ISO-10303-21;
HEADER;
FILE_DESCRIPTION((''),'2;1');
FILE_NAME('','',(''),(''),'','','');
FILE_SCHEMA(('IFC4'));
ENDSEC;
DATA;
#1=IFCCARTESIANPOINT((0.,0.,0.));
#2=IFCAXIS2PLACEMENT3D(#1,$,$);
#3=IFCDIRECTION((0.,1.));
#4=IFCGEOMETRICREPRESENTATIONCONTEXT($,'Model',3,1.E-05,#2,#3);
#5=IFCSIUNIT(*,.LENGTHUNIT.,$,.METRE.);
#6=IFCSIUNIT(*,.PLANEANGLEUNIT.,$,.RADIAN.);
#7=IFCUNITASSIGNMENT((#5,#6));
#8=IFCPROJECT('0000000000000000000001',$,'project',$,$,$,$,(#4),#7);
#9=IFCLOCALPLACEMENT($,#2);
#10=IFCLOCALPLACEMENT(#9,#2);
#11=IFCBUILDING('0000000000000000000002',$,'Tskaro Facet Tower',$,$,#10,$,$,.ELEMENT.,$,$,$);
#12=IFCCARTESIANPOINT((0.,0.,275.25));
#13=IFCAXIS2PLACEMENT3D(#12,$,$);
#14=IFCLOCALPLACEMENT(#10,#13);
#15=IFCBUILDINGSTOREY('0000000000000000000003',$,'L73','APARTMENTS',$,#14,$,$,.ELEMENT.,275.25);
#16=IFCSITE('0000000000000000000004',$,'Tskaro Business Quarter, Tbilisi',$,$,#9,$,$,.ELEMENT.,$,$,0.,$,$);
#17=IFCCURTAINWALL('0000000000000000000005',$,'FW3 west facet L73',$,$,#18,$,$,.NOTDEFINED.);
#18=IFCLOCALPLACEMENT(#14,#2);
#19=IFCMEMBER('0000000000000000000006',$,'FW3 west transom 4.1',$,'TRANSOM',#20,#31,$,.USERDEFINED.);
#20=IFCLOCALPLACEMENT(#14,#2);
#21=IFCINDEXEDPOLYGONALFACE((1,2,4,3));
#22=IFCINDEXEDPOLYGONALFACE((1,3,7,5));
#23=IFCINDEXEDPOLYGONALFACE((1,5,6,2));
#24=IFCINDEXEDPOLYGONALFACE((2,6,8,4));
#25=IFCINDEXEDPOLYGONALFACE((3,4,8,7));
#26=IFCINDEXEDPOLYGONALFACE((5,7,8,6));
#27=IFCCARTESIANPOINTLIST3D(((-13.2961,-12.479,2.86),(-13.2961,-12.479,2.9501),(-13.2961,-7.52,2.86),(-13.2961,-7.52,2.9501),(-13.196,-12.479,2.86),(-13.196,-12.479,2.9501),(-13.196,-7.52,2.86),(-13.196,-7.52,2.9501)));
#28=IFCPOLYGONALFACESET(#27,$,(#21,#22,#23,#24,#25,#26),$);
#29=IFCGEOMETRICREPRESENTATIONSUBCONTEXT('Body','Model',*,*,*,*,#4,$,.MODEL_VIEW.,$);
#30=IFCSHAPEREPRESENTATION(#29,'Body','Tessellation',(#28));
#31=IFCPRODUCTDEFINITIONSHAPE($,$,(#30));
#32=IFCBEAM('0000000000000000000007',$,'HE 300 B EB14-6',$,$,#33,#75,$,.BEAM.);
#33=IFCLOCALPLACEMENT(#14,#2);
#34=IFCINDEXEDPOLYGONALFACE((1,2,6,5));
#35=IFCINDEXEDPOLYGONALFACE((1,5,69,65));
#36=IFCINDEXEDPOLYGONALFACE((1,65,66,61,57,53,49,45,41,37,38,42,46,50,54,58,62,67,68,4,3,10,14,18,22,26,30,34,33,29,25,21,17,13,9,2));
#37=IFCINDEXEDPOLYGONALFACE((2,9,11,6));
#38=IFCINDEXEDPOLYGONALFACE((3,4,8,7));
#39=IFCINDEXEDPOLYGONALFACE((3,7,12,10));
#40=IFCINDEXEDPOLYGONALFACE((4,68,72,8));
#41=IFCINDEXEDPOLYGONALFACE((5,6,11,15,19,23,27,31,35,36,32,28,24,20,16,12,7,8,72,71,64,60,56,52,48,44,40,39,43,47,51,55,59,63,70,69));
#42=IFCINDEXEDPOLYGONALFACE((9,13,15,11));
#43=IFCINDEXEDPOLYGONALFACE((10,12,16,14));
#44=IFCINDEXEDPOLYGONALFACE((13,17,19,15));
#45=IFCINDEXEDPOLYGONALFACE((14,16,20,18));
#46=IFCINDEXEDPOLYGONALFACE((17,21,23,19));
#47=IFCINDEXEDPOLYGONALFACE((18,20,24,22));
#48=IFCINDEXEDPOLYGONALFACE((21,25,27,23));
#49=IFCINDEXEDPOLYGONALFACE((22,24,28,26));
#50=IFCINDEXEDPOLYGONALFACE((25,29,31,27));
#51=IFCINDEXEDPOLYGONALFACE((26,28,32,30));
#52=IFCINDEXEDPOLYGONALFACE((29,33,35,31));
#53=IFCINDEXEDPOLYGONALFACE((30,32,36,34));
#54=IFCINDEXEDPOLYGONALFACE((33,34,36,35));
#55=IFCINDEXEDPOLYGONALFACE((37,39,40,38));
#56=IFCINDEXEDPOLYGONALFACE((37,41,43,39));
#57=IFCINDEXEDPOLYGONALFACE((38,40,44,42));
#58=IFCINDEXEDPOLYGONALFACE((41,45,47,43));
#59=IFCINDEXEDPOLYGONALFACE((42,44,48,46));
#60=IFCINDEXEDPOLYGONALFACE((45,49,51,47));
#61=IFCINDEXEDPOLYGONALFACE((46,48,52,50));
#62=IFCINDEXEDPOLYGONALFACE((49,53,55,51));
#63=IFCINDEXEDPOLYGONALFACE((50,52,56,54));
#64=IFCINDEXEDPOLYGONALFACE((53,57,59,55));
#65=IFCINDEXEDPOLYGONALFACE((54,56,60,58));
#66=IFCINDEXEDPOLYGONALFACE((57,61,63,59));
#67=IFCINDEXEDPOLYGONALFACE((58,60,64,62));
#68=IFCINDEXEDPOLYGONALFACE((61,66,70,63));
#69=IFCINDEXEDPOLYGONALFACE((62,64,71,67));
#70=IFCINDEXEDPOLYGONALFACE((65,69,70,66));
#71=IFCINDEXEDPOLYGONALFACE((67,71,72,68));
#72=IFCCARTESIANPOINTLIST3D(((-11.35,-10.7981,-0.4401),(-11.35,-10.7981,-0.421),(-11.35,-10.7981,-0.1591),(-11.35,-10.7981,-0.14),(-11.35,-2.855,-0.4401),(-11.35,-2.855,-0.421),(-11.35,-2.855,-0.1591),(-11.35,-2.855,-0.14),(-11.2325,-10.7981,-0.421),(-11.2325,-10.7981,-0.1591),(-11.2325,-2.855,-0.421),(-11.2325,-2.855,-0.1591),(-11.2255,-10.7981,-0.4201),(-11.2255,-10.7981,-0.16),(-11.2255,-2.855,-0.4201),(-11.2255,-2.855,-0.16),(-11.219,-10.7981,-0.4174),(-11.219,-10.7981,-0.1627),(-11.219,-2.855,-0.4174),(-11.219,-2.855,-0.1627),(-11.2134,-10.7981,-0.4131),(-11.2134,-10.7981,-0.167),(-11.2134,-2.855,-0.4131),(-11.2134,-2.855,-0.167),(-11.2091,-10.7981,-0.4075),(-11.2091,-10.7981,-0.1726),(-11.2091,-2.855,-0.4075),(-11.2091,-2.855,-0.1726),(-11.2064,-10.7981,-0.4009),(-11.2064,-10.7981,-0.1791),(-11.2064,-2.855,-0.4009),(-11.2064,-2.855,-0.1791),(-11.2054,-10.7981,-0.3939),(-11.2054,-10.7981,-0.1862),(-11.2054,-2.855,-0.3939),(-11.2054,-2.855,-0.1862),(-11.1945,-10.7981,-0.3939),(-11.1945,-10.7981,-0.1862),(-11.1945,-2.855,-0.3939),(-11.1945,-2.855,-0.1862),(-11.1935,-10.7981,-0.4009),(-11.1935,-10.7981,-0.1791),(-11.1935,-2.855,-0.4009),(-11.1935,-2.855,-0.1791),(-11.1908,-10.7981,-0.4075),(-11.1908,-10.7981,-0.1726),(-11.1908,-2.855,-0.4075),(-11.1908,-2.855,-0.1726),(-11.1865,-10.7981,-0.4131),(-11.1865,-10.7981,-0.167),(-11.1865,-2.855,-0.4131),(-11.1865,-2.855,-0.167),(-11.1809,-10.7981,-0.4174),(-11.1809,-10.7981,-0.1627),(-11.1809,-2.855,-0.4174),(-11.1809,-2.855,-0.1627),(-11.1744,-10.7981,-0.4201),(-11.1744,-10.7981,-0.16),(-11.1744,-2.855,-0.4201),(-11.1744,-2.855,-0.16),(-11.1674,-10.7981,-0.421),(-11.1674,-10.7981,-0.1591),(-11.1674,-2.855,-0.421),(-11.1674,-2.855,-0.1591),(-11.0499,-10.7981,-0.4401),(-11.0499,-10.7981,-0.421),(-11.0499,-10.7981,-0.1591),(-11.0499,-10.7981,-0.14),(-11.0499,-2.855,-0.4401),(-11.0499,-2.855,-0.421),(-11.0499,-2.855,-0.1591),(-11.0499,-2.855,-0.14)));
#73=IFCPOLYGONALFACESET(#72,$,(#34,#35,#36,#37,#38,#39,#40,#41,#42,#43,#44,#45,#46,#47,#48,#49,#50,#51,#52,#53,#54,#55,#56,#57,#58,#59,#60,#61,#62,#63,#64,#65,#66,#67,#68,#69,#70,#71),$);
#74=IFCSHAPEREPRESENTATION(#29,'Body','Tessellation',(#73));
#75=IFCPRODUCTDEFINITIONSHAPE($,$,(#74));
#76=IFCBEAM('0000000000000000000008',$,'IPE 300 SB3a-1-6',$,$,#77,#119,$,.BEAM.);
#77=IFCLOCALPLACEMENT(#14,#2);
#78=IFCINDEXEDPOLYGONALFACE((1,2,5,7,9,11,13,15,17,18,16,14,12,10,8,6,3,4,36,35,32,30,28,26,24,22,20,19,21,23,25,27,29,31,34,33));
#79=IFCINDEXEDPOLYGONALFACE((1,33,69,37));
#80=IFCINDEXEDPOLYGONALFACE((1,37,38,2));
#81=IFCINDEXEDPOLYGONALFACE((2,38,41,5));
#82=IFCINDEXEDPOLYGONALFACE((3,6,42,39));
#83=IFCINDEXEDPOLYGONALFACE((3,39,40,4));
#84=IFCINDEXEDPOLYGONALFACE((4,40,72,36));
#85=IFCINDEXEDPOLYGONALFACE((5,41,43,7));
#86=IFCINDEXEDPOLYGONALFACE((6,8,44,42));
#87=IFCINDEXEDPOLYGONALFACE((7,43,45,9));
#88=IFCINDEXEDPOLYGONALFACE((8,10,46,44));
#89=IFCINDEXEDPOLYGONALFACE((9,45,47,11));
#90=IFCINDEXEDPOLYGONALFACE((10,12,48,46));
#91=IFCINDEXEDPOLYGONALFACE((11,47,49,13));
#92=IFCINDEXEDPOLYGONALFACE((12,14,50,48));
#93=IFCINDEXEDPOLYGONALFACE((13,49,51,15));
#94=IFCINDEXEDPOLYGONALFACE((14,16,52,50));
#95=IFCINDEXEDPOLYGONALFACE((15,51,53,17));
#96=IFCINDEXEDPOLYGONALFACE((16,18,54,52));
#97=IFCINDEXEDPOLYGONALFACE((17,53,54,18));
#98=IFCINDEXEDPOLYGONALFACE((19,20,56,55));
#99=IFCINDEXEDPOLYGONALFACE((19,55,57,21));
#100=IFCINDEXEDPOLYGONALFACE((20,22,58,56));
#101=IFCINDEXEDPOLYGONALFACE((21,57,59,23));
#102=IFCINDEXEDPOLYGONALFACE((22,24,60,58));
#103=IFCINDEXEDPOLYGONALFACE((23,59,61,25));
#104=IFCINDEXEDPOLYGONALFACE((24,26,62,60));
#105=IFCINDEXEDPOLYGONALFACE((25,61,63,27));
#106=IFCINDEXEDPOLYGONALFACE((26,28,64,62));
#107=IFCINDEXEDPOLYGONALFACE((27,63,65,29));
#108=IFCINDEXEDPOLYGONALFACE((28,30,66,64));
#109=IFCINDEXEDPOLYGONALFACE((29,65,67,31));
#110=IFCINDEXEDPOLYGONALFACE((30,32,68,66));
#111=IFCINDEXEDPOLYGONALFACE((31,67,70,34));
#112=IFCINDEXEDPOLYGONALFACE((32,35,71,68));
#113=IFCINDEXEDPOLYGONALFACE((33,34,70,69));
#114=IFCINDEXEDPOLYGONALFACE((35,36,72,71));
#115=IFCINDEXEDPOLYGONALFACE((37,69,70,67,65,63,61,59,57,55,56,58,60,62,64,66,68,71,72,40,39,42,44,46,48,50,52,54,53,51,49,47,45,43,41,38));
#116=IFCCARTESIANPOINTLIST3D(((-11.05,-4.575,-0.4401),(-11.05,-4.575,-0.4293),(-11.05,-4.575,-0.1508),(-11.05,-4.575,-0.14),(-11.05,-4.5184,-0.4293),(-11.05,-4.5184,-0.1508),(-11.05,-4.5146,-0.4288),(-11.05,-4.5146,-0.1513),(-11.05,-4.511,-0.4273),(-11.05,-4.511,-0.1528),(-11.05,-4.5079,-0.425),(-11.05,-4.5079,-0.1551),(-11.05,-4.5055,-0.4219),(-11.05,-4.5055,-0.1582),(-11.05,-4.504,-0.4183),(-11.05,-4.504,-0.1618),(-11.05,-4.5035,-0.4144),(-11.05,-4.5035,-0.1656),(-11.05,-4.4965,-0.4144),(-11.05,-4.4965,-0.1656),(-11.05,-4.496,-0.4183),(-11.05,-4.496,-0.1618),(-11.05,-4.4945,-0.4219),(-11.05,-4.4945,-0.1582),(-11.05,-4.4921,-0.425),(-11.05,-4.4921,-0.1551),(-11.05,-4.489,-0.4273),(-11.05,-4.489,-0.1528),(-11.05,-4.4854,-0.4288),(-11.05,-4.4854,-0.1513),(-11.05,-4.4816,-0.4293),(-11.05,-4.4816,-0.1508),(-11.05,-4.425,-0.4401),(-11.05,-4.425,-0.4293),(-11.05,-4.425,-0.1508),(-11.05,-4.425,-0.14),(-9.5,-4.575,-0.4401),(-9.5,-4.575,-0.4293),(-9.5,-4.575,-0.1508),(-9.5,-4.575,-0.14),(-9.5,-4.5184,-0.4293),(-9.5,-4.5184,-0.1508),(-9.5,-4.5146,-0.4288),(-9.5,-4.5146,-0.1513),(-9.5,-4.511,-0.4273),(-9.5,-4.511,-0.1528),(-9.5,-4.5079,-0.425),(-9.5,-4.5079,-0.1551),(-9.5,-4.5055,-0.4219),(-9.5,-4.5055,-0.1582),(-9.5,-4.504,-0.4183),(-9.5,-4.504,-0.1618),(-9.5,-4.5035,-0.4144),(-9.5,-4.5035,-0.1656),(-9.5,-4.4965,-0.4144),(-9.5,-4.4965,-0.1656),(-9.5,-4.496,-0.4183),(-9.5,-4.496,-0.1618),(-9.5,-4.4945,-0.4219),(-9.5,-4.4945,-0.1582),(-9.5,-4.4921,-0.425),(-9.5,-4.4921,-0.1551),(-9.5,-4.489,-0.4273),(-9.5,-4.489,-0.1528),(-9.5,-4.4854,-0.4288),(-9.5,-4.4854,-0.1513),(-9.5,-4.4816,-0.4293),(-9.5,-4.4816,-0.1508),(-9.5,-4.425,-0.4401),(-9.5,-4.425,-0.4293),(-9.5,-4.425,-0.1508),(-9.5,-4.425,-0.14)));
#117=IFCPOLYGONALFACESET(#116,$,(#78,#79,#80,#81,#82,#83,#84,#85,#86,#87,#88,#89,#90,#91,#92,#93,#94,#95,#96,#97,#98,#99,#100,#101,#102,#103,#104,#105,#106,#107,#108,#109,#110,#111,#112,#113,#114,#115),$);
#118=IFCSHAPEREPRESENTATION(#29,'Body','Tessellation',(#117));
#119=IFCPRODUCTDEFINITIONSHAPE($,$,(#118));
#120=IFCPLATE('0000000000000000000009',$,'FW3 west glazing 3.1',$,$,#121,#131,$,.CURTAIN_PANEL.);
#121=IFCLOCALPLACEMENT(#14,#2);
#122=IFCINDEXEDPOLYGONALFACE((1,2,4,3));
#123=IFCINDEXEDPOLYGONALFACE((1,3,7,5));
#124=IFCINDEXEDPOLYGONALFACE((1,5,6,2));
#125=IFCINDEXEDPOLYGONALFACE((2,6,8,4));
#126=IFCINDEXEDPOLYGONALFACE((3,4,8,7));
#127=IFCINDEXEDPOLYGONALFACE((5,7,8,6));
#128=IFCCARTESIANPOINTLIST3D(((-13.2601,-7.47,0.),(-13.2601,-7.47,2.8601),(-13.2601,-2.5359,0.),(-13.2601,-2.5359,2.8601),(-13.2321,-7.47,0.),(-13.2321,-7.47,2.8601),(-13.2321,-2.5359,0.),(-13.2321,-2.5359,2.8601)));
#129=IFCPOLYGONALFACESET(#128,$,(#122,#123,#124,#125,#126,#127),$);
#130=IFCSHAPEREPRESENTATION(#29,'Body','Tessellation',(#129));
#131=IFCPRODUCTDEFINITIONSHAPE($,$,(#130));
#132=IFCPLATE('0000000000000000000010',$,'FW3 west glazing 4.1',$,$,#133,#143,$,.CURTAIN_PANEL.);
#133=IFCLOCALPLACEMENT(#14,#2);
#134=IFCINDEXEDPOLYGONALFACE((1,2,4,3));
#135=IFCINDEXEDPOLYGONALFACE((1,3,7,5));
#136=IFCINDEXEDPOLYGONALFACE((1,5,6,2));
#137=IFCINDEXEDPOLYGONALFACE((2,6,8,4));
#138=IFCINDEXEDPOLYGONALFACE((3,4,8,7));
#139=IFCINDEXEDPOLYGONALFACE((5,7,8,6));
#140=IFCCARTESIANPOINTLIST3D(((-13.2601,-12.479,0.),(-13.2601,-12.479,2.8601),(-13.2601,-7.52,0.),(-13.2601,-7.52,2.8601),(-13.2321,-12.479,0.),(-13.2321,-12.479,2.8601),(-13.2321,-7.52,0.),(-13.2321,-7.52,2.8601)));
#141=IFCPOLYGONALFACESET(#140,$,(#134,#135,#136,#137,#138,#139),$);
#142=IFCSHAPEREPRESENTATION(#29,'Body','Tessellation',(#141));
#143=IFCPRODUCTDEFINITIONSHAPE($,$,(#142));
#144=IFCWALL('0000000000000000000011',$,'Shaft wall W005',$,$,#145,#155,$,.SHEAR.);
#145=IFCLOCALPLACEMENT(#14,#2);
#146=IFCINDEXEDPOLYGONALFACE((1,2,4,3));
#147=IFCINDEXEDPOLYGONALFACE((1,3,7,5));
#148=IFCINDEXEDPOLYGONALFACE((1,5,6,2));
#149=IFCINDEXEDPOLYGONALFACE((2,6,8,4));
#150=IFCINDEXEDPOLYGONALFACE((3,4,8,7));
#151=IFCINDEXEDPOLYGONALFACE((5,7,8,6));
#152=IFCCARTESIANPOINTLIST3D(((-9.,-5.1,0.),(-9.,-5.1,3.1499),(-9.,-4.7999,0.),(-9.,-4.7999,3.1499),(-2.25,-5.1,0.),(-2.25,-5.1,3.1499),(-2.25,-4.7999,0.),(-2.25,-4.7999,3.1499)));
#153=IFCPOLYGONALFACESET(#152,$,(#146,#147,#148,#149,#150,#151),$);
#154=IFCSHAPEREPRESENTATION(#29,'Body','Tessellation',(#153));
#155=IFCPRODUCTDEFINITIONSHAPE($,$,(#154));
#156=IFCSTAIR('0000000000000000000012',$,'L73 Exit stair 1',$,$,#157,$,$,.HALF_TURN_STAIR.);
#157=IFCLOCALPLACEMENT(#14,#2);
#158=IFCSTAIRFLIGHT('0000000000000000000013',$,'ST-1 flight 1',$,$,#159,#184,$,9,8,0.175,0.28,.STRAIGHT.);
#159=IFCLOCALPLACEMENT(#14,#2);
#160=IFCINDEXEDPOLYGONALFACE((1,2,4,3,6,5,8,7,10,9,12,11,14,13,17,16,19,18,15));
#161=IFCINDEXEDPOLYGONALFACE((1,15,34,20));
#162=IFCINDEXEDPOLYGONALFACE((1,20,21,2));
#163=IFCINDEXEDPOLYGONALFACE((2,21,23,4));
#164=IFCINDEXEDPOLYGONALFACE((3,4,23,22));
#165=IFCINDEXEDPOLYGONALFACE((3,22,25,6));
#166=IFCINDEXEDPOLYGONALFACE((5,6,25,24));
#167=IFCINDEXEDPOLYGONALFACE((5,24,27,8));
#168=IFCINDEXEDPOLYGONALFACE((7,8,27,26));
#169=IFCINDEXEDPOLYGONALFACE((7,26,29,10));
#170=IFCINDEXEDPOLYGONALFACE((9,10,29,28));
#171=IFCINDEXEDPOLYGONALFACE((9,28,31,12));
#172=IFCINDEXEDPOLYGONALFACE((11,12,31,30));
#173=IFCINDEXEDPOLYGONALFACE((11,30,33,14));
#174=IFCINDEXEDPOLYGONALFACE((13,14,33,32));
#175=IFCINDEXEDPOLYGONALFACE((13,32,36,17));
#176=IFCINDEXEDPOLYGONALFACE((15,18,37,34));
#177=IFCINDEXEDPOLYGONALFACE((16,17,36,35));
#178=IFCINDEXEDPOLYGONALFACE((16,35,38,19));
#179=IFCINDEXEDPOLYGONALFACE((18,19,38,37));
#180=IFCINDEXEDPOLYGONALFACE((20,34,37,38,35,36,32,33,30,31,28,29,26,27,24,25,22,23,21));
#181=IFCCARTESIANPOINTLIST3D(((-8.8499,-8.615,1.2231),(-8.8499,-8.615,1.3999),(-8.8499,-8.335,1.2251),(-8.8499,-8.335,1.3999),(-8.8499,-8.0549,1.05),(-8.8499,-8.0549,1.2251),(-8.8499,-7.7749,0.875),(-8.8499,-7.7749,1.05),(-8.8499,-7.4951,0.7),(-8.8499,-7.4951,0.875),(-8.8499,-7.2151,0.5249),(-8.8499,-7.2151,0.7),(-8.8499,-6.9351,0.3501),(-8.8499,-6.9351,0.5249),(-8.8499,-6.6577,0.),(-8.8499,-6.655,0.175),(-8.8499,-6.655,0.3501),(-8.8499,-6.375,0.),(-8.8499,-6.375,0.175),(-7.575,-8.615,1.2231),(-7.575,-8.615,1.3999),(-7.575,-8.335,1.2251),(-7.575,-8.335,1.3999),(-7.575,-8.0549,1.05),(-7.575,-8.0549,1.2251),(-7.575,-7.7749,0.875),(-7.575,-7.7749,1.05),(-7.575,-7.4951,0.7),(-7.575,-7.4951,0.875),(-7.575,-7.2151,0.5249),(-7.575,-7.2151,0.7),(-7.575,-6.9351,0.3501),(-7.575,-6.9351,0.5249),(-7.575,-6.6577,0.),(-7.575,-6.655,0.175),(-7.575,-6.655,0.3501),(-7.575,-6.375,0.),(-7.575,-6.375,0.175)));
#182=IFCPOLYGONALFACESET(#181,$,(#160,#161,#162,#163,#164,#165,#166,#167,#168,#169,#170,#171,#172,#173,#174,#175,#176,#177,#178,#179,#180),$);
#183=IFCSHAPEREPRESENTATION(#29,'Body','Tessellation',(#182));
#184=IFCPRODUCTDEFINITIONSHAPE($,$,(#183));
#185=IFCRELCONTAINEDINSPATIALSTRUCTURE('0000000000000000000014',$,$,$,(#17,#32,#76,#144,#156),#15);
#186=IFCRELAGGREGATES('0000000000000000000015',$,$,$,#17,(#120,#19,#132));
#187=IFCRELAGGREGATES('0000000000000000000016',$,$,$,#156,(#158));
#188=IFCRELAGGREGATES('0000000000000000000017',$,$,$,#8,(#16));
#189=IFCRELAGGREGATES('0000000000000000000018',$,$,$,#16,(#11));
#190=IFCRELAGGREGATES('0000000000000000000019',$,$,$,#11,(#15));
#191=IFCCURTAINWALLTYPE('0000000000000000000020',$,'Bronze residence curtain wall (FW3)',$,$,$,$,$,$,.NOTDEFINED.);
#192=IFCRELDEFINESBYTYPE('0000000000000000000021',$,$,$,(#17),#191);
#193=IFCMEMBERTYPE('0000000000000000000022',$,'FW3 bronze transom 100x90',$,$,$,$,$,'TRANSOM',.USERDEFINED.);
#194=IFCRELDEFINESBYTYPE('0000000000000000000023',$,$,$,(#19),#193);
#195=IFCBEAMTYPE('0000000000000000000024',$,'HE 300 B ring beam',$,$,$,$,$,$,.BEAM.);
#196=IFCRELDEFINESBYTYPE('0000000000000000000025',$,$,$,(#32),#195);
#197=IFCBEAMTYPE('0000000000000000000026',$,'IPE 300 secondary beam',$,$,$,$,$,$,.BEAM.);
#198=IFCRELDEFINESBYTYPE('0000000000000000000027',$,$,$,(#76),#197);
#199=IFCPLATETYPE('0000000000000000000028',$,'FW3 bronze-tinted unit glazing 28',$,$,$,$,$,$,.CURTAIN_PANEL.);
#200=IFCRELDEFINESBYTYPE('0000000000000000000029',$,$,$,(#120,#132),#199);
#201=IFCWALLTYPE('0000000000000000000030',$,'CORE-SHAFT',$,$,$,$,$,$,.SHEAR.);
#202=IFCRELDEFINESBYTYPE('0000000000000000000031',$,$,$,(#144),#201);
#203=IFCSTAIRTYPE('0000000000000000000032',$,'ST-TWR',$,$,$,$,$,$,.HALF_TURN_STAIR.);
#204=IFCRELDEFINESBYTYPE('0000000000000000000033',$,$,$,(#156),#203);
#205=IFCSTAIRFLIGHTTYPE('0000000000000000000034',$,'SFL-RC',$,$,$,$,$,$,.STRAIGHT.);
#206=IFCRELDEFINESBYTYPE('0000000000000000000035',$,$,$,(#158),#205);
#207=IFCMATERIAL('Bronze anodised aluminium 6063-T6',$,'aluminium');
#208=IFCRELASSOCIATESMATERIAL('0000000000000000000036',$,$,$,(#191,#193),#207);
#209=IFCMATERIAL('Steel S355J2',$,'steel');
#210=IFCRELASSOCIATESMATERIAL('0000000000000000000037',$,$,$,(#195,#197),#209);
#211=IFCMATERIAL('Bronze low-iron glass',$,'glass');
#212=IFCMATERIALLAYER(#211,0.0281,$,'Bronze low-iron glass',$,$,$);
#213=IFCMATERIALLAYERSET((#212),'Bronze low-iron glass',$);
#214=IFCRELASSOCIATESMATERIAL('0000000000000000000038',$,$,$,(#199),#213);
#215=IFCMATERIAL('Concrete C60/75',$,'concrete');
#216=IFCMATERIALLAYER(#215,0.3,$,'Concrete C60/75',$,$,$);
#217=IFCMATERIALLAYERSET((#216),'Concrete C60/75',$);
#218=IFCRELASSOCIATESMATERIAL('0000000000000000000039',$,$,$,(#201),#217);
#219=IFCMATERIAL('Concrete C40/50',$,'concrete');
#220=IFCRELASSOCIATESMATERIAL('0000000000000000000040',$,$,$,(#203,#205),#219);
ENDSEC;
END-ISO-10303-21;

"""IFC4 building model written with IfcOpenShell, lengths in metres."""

from ifc_helpers import new_model, si_unit, direction, frame, frame_2d, origin, origin_2d, place, context, subcontext, project, spatial, polyline, rectangle, i_section, outline, extrude, material, layer, layer_set, material_profile, profile_set, type_object, element, aggregate, save


model = new_model("IFC4")

# Units and contexts
model_context = context("Model", 3, precision=1e-05, world=origin(), true_north=direction((0.0, 1.0)))
body_context = subcontext(model_context, "Body", "Model", "MODEL_VIEW")
ifc_project = project(units=[si_unit("LENGTHUNIT", "METRE"), si_unit("PLANEANGLEUNIT", "RADIAN")], contexts=[model_context])

# Site, building, storey
site_placement = place(None, origin())
site = spatial("IfcSite", under=ifc_project, at=site_placement, Name="Tskaro Business Quarter, Tbilisi", CompositionType="ELEMENT", RefElevation=0.0)
building_placement = place(site_placement, origin())
building = spatial("IfcBuilding", under=site, at=building_placement, Name="Tskaro Facet Tower", CompositionType="ELEMENT")
storey_placement = place(building_placement, frame((0.0, 0.0, 275.25)))
storey = spatial("IfcBuildingStorey", under=building, at=storey_placement, Name="L73", Description="APARTMENTS", CompositionType="ELEMENT", Elevation=275.25)

# Shared definitions
ifc_material_1 = material(Name="Steel S355J2", Category="steel")

# Curtain wall, member
ifc_material_2 = material(Name="Bronze anodised aluminium 6063-T6", Category="aluminium")
curtain_wall_type = type_object("IfcCurtainWallType", Name="Bronze residence curtain wall (FW3)", PredefinedType="NOTDEFINED", material=ifc_material_2)
curtain_wall_placement = place(storey_placement, origin())
curtain_wall = element("IfcCurtainWall", 1, at=curtain_wall_placement, inside=storey, type_object=curtain_wall_type, Name="FW3 west facet L73", PredefinedType="NOTDEFINED")
ifc_material_profile_1 = material_profile(ifc_material_2, rectangle(XDim=0.1001, YDim=0.0901, at=origin_2d()), Name="Transom 100x90")
ifc_profile_set_1 = profile_set([ifc_material_profile_1], Name="Bronze anodised aluminium 6063-T6")
member_type_1 = type_object("IfcMemberType", Name="FW3 bronze transom 100x90", ElementType="TRANSOM", PredefinedType="USERDEFINED", material=ifc_profile_set_1)
member_1_placement = place(storey_placement, frame((-13.2461, -7.52, 2.905), z_axis=(0.0, -1.0, 0.0), x_axis=(1.0, 0.0, 0.0)))
member_1 = element("IfcMember", 2, at=member_1_placement, type_object=member_type_1, Name="FW3 west transom 4.1", ObjectType="TRANSOM", PredefinedType="USERDEFINED", context=body_context, shape_type="SweptSolid", body=[
    extrude(rectangle(XDim=0.1001, YDim=0.0901, at=origin_2d()), origin(), (0.0, 0.0, 1.0), 4.959),
])

# Beams
ifc_material_profile_2 = material_profile(ifc_material_1, i_section(OverallWidth=0.3, OverallDepth=0.3, WebThickness=0.011, FlangeThickness=0.019, FilletRadius=0.0271, at=origin_2d()), Name="HE 300 B")
ifc_profile_set_2 = profile_set([ifc_material_profile_2], Name="Steel S355J2")
beam_type_1 = type_object("IfcBeamType", Name="HE 300 B ring beam", PredefinedType="BEAM", material=ifc_profile_set_2)
beam_1_placement = place(storey_placement, frame((-11.2, -2.855, -0.29), z_axis=(0.0, -1.0, 0.0), x_axis=(1.0, 0.0, 0.0)))
element("IfcBeam", 3, at=beam_1_placement, inside=storey, type_object=beam_type_1, Name="HE 300 B EB14-6", PredefinedType="BEAM", context=body_context, shape_type="SweptSolid", body=[
    extrude(i_section(OverallWidth=0.3, OverallDepth=0.3, WebThickness=0.011, FlangeThickness=0.019, FilletRadius=0.0271, at=origin_2d()), origin(), (0.0, 0.0, 1.0), 7.9431),
])
ifc_material_profile_3 = material_profile(ifc_material_1, i_section(OverallWidth=0.1499, OverallDepth=0.3, WebThickness=0.0071, FlangeThickness=0.0107, FilletRadius=0.0149, at=origin_2d()), Name="IPE 300")
ifc_profile_set_3 = profile_set([ifc_material_profile_3], Name="Steel S355J2")
beam_type_2 = type_object("IfcBeamType", Name="IPE 300 secondary beam", PredefinedType="BEAM", material=ifc_profile_set_3)
beam_2_placement = place(storey_placement, frame((-11.05, -4.5, -0.29), z_axis=(1.0, 0.0, 0.0), x_axis=(0.0, 1.0, 0.0)))
element("IfcBeam", 4, at=beam_2_placement, inside=storey, type_object=beam_type_2, Name="IPE 300 SB3a-1-6", PredefinedType="BEAM", context=body_context, shape_type="SweptSolid", body=[
    extrude(i_section(OverallWidth=0.1499, OverallDepth=0.3, WebThickness=0.0071, FlangeThickness=0.0107, FilletRadius=0.0149, at=origin_2d()), origin(), (0.0, 0.0, 1.0), 1.55),
])

# Plates
ifc_material_3 = material(Name="Bronze low-iron glass", Category="glass")
ifc_layer_1 = layer(ifc_material_3, 0.0281, Name="Bronze low-iron glass")
ifc_layer_set_1 = layer_set([ifc_layer_1], Name="Bronze low-iron glass")
plate_type = type_object("IfcPlateType", Name="FW3 bronze-tinted unit glazing 28", PredefinedType="CURTAIN_PANEL", material=ifc_layer_set_1)
plate_1_placement = place(storey_placement, frame((-13.2461, -5.0029, 0.0), z_axis=(0.0, 0.0, 1.0), x_axis=(0.0, -1.0, 0.0)))
plate_1 = element("IfcPlate", 5, at=plate_1_placement, type_object=plate_type, Name="FW3 west glazing 3.1", PredefinedType="CURTAIN_PANEL", context=body_context, shape_type="SweptSolid", body=[
    extrude(rectangle(XDim=4.9341, YDim=0.0281, at=origin_2d()), origin(), (0.0, 0.0, 1.0), 2.8601),
])
plate_2_placement = place(storey_placement, frame((-13.2461, -9.9995, 0.0), z_axis=(0.0, 0.0, 1.0), x_axis=(0.0, -1.0, 0.0)))
plate_2 = element("IfcPlate", 6, at=plate_2_placement, type_object=plate_type, Name="FW3 west glazing 4.1", PredefinedType="CURTAIN_PANEL", context=body_context, shape_type="SweptSolid", body=[
    extrude(rectangle(XDim=4.959, YDim=0.0281, at=origin_2d()), origin(), (0.0, 0.0, 1.0), 2.8601),
])
aggregate(curtain_wall, [plate_1, member_1, plate_2])

# Wall
ifc_material_4 = material(Name="Concrete C60/75", Category="concrete")
ifc_layer_2 = layer(ifc_material_4, 0.3, Name="Concrete C60/75")
ifc_layer_set_2 = layer_set([ifc_layer_2], Name="Concrete C60/75")
wall_type = type_object("IfcWallType", Name="CORE-SHAFT", PredefinedType="SHEAR", material=ifc_layer_set_2)
wall_placement = place(storey_placement, frame((-9.0, -4.95, 0.0), z_axis=(0.0, 0.0, 1.0), x_axis=(1.0, 0.0, 0.0)))
element("IfcWall", 7, at=wall_placement, inside=storey, type_object=wall_type, Name="Shaft wall W005", PredefinedType="SHEAR", context=body_context, shape_type="SweptSolid", body=[
    extrude(rectangle(XDim=6.75, YDim=0.3, at=frame_2d((3.375, 0.0))), origin(), (0.0, 0.0, 1.0), 3.1499),
])

# Stair, stair flight
ifc_material_5 = material(Name="Concrete C40/50", Category="concrete")
stair_type = type_object("IfcStairType", Name="ST-TWR", PredefinedType="HALF_TURN_STAIR", material=ifc_material_5)
stair_placement = place(storey_placement, origin())
stair = element("IfcStair", 8, at=stair_placement, inside=storey, type_object=stair_type, Name="L73 Exit stair 1", PredefinedType="HALF_TURN_STAIR")
stair_flight_type = type_object("IfcStairFlightType", Name="SFL-RC", PredefinedType="STRAIGHT", material=ifc_material_5)
stair_flight_placement = place(storey_placement, frame((-8.2124, -6.375, 0.0), z_axis=(0.0, 0.0, 1.0), x_axis=(0.0, -1.0, 0.0)))
stair_flight = element("IfcStairFlight", 9, at=stair_flight_placement, type_object=stair_flight_type, Name="ST-1 flight 1", NumberOfRisers=9, NumberOfTreads=8, PredefinedType="STRAIGHT", RiserHeight=0.175, TreadLength=0.28, context=body_context, shape_type="SweptSolid", body=[
    extrude(outline(polyline([(0.0, 0.0), (0.0, 0.175), (0.28, 0.175), (0.28, 0.3501), (0.5601, 0.3501), (0.5601, 0.5249), (0.8401, 0.5249), (0.8401, 0.7), (1.1201, 0.7), (1.1201, 0.875), (1.3999, 0.875), (1.3999, 1.05), (1.6799, 1.05), (1.6799, 1.2251), (1.96, 1.2251), (1.96, 1.3999), (2.24, 1.3999), (2.24, 1.575), (2.24, 1.2231), (0.2827, 0.0), (0.0, 0.0)])), frame((0.0, 0.6375, 0.0), z_axis=(0.0, -1.0, 0.0), x_axis=(1.0, 0.0, 0.0)), (0.0, 0.0, 1.0), 1.2749),
])
aggregate(stair, [stair_flight])

save(model, "model.ifc")
